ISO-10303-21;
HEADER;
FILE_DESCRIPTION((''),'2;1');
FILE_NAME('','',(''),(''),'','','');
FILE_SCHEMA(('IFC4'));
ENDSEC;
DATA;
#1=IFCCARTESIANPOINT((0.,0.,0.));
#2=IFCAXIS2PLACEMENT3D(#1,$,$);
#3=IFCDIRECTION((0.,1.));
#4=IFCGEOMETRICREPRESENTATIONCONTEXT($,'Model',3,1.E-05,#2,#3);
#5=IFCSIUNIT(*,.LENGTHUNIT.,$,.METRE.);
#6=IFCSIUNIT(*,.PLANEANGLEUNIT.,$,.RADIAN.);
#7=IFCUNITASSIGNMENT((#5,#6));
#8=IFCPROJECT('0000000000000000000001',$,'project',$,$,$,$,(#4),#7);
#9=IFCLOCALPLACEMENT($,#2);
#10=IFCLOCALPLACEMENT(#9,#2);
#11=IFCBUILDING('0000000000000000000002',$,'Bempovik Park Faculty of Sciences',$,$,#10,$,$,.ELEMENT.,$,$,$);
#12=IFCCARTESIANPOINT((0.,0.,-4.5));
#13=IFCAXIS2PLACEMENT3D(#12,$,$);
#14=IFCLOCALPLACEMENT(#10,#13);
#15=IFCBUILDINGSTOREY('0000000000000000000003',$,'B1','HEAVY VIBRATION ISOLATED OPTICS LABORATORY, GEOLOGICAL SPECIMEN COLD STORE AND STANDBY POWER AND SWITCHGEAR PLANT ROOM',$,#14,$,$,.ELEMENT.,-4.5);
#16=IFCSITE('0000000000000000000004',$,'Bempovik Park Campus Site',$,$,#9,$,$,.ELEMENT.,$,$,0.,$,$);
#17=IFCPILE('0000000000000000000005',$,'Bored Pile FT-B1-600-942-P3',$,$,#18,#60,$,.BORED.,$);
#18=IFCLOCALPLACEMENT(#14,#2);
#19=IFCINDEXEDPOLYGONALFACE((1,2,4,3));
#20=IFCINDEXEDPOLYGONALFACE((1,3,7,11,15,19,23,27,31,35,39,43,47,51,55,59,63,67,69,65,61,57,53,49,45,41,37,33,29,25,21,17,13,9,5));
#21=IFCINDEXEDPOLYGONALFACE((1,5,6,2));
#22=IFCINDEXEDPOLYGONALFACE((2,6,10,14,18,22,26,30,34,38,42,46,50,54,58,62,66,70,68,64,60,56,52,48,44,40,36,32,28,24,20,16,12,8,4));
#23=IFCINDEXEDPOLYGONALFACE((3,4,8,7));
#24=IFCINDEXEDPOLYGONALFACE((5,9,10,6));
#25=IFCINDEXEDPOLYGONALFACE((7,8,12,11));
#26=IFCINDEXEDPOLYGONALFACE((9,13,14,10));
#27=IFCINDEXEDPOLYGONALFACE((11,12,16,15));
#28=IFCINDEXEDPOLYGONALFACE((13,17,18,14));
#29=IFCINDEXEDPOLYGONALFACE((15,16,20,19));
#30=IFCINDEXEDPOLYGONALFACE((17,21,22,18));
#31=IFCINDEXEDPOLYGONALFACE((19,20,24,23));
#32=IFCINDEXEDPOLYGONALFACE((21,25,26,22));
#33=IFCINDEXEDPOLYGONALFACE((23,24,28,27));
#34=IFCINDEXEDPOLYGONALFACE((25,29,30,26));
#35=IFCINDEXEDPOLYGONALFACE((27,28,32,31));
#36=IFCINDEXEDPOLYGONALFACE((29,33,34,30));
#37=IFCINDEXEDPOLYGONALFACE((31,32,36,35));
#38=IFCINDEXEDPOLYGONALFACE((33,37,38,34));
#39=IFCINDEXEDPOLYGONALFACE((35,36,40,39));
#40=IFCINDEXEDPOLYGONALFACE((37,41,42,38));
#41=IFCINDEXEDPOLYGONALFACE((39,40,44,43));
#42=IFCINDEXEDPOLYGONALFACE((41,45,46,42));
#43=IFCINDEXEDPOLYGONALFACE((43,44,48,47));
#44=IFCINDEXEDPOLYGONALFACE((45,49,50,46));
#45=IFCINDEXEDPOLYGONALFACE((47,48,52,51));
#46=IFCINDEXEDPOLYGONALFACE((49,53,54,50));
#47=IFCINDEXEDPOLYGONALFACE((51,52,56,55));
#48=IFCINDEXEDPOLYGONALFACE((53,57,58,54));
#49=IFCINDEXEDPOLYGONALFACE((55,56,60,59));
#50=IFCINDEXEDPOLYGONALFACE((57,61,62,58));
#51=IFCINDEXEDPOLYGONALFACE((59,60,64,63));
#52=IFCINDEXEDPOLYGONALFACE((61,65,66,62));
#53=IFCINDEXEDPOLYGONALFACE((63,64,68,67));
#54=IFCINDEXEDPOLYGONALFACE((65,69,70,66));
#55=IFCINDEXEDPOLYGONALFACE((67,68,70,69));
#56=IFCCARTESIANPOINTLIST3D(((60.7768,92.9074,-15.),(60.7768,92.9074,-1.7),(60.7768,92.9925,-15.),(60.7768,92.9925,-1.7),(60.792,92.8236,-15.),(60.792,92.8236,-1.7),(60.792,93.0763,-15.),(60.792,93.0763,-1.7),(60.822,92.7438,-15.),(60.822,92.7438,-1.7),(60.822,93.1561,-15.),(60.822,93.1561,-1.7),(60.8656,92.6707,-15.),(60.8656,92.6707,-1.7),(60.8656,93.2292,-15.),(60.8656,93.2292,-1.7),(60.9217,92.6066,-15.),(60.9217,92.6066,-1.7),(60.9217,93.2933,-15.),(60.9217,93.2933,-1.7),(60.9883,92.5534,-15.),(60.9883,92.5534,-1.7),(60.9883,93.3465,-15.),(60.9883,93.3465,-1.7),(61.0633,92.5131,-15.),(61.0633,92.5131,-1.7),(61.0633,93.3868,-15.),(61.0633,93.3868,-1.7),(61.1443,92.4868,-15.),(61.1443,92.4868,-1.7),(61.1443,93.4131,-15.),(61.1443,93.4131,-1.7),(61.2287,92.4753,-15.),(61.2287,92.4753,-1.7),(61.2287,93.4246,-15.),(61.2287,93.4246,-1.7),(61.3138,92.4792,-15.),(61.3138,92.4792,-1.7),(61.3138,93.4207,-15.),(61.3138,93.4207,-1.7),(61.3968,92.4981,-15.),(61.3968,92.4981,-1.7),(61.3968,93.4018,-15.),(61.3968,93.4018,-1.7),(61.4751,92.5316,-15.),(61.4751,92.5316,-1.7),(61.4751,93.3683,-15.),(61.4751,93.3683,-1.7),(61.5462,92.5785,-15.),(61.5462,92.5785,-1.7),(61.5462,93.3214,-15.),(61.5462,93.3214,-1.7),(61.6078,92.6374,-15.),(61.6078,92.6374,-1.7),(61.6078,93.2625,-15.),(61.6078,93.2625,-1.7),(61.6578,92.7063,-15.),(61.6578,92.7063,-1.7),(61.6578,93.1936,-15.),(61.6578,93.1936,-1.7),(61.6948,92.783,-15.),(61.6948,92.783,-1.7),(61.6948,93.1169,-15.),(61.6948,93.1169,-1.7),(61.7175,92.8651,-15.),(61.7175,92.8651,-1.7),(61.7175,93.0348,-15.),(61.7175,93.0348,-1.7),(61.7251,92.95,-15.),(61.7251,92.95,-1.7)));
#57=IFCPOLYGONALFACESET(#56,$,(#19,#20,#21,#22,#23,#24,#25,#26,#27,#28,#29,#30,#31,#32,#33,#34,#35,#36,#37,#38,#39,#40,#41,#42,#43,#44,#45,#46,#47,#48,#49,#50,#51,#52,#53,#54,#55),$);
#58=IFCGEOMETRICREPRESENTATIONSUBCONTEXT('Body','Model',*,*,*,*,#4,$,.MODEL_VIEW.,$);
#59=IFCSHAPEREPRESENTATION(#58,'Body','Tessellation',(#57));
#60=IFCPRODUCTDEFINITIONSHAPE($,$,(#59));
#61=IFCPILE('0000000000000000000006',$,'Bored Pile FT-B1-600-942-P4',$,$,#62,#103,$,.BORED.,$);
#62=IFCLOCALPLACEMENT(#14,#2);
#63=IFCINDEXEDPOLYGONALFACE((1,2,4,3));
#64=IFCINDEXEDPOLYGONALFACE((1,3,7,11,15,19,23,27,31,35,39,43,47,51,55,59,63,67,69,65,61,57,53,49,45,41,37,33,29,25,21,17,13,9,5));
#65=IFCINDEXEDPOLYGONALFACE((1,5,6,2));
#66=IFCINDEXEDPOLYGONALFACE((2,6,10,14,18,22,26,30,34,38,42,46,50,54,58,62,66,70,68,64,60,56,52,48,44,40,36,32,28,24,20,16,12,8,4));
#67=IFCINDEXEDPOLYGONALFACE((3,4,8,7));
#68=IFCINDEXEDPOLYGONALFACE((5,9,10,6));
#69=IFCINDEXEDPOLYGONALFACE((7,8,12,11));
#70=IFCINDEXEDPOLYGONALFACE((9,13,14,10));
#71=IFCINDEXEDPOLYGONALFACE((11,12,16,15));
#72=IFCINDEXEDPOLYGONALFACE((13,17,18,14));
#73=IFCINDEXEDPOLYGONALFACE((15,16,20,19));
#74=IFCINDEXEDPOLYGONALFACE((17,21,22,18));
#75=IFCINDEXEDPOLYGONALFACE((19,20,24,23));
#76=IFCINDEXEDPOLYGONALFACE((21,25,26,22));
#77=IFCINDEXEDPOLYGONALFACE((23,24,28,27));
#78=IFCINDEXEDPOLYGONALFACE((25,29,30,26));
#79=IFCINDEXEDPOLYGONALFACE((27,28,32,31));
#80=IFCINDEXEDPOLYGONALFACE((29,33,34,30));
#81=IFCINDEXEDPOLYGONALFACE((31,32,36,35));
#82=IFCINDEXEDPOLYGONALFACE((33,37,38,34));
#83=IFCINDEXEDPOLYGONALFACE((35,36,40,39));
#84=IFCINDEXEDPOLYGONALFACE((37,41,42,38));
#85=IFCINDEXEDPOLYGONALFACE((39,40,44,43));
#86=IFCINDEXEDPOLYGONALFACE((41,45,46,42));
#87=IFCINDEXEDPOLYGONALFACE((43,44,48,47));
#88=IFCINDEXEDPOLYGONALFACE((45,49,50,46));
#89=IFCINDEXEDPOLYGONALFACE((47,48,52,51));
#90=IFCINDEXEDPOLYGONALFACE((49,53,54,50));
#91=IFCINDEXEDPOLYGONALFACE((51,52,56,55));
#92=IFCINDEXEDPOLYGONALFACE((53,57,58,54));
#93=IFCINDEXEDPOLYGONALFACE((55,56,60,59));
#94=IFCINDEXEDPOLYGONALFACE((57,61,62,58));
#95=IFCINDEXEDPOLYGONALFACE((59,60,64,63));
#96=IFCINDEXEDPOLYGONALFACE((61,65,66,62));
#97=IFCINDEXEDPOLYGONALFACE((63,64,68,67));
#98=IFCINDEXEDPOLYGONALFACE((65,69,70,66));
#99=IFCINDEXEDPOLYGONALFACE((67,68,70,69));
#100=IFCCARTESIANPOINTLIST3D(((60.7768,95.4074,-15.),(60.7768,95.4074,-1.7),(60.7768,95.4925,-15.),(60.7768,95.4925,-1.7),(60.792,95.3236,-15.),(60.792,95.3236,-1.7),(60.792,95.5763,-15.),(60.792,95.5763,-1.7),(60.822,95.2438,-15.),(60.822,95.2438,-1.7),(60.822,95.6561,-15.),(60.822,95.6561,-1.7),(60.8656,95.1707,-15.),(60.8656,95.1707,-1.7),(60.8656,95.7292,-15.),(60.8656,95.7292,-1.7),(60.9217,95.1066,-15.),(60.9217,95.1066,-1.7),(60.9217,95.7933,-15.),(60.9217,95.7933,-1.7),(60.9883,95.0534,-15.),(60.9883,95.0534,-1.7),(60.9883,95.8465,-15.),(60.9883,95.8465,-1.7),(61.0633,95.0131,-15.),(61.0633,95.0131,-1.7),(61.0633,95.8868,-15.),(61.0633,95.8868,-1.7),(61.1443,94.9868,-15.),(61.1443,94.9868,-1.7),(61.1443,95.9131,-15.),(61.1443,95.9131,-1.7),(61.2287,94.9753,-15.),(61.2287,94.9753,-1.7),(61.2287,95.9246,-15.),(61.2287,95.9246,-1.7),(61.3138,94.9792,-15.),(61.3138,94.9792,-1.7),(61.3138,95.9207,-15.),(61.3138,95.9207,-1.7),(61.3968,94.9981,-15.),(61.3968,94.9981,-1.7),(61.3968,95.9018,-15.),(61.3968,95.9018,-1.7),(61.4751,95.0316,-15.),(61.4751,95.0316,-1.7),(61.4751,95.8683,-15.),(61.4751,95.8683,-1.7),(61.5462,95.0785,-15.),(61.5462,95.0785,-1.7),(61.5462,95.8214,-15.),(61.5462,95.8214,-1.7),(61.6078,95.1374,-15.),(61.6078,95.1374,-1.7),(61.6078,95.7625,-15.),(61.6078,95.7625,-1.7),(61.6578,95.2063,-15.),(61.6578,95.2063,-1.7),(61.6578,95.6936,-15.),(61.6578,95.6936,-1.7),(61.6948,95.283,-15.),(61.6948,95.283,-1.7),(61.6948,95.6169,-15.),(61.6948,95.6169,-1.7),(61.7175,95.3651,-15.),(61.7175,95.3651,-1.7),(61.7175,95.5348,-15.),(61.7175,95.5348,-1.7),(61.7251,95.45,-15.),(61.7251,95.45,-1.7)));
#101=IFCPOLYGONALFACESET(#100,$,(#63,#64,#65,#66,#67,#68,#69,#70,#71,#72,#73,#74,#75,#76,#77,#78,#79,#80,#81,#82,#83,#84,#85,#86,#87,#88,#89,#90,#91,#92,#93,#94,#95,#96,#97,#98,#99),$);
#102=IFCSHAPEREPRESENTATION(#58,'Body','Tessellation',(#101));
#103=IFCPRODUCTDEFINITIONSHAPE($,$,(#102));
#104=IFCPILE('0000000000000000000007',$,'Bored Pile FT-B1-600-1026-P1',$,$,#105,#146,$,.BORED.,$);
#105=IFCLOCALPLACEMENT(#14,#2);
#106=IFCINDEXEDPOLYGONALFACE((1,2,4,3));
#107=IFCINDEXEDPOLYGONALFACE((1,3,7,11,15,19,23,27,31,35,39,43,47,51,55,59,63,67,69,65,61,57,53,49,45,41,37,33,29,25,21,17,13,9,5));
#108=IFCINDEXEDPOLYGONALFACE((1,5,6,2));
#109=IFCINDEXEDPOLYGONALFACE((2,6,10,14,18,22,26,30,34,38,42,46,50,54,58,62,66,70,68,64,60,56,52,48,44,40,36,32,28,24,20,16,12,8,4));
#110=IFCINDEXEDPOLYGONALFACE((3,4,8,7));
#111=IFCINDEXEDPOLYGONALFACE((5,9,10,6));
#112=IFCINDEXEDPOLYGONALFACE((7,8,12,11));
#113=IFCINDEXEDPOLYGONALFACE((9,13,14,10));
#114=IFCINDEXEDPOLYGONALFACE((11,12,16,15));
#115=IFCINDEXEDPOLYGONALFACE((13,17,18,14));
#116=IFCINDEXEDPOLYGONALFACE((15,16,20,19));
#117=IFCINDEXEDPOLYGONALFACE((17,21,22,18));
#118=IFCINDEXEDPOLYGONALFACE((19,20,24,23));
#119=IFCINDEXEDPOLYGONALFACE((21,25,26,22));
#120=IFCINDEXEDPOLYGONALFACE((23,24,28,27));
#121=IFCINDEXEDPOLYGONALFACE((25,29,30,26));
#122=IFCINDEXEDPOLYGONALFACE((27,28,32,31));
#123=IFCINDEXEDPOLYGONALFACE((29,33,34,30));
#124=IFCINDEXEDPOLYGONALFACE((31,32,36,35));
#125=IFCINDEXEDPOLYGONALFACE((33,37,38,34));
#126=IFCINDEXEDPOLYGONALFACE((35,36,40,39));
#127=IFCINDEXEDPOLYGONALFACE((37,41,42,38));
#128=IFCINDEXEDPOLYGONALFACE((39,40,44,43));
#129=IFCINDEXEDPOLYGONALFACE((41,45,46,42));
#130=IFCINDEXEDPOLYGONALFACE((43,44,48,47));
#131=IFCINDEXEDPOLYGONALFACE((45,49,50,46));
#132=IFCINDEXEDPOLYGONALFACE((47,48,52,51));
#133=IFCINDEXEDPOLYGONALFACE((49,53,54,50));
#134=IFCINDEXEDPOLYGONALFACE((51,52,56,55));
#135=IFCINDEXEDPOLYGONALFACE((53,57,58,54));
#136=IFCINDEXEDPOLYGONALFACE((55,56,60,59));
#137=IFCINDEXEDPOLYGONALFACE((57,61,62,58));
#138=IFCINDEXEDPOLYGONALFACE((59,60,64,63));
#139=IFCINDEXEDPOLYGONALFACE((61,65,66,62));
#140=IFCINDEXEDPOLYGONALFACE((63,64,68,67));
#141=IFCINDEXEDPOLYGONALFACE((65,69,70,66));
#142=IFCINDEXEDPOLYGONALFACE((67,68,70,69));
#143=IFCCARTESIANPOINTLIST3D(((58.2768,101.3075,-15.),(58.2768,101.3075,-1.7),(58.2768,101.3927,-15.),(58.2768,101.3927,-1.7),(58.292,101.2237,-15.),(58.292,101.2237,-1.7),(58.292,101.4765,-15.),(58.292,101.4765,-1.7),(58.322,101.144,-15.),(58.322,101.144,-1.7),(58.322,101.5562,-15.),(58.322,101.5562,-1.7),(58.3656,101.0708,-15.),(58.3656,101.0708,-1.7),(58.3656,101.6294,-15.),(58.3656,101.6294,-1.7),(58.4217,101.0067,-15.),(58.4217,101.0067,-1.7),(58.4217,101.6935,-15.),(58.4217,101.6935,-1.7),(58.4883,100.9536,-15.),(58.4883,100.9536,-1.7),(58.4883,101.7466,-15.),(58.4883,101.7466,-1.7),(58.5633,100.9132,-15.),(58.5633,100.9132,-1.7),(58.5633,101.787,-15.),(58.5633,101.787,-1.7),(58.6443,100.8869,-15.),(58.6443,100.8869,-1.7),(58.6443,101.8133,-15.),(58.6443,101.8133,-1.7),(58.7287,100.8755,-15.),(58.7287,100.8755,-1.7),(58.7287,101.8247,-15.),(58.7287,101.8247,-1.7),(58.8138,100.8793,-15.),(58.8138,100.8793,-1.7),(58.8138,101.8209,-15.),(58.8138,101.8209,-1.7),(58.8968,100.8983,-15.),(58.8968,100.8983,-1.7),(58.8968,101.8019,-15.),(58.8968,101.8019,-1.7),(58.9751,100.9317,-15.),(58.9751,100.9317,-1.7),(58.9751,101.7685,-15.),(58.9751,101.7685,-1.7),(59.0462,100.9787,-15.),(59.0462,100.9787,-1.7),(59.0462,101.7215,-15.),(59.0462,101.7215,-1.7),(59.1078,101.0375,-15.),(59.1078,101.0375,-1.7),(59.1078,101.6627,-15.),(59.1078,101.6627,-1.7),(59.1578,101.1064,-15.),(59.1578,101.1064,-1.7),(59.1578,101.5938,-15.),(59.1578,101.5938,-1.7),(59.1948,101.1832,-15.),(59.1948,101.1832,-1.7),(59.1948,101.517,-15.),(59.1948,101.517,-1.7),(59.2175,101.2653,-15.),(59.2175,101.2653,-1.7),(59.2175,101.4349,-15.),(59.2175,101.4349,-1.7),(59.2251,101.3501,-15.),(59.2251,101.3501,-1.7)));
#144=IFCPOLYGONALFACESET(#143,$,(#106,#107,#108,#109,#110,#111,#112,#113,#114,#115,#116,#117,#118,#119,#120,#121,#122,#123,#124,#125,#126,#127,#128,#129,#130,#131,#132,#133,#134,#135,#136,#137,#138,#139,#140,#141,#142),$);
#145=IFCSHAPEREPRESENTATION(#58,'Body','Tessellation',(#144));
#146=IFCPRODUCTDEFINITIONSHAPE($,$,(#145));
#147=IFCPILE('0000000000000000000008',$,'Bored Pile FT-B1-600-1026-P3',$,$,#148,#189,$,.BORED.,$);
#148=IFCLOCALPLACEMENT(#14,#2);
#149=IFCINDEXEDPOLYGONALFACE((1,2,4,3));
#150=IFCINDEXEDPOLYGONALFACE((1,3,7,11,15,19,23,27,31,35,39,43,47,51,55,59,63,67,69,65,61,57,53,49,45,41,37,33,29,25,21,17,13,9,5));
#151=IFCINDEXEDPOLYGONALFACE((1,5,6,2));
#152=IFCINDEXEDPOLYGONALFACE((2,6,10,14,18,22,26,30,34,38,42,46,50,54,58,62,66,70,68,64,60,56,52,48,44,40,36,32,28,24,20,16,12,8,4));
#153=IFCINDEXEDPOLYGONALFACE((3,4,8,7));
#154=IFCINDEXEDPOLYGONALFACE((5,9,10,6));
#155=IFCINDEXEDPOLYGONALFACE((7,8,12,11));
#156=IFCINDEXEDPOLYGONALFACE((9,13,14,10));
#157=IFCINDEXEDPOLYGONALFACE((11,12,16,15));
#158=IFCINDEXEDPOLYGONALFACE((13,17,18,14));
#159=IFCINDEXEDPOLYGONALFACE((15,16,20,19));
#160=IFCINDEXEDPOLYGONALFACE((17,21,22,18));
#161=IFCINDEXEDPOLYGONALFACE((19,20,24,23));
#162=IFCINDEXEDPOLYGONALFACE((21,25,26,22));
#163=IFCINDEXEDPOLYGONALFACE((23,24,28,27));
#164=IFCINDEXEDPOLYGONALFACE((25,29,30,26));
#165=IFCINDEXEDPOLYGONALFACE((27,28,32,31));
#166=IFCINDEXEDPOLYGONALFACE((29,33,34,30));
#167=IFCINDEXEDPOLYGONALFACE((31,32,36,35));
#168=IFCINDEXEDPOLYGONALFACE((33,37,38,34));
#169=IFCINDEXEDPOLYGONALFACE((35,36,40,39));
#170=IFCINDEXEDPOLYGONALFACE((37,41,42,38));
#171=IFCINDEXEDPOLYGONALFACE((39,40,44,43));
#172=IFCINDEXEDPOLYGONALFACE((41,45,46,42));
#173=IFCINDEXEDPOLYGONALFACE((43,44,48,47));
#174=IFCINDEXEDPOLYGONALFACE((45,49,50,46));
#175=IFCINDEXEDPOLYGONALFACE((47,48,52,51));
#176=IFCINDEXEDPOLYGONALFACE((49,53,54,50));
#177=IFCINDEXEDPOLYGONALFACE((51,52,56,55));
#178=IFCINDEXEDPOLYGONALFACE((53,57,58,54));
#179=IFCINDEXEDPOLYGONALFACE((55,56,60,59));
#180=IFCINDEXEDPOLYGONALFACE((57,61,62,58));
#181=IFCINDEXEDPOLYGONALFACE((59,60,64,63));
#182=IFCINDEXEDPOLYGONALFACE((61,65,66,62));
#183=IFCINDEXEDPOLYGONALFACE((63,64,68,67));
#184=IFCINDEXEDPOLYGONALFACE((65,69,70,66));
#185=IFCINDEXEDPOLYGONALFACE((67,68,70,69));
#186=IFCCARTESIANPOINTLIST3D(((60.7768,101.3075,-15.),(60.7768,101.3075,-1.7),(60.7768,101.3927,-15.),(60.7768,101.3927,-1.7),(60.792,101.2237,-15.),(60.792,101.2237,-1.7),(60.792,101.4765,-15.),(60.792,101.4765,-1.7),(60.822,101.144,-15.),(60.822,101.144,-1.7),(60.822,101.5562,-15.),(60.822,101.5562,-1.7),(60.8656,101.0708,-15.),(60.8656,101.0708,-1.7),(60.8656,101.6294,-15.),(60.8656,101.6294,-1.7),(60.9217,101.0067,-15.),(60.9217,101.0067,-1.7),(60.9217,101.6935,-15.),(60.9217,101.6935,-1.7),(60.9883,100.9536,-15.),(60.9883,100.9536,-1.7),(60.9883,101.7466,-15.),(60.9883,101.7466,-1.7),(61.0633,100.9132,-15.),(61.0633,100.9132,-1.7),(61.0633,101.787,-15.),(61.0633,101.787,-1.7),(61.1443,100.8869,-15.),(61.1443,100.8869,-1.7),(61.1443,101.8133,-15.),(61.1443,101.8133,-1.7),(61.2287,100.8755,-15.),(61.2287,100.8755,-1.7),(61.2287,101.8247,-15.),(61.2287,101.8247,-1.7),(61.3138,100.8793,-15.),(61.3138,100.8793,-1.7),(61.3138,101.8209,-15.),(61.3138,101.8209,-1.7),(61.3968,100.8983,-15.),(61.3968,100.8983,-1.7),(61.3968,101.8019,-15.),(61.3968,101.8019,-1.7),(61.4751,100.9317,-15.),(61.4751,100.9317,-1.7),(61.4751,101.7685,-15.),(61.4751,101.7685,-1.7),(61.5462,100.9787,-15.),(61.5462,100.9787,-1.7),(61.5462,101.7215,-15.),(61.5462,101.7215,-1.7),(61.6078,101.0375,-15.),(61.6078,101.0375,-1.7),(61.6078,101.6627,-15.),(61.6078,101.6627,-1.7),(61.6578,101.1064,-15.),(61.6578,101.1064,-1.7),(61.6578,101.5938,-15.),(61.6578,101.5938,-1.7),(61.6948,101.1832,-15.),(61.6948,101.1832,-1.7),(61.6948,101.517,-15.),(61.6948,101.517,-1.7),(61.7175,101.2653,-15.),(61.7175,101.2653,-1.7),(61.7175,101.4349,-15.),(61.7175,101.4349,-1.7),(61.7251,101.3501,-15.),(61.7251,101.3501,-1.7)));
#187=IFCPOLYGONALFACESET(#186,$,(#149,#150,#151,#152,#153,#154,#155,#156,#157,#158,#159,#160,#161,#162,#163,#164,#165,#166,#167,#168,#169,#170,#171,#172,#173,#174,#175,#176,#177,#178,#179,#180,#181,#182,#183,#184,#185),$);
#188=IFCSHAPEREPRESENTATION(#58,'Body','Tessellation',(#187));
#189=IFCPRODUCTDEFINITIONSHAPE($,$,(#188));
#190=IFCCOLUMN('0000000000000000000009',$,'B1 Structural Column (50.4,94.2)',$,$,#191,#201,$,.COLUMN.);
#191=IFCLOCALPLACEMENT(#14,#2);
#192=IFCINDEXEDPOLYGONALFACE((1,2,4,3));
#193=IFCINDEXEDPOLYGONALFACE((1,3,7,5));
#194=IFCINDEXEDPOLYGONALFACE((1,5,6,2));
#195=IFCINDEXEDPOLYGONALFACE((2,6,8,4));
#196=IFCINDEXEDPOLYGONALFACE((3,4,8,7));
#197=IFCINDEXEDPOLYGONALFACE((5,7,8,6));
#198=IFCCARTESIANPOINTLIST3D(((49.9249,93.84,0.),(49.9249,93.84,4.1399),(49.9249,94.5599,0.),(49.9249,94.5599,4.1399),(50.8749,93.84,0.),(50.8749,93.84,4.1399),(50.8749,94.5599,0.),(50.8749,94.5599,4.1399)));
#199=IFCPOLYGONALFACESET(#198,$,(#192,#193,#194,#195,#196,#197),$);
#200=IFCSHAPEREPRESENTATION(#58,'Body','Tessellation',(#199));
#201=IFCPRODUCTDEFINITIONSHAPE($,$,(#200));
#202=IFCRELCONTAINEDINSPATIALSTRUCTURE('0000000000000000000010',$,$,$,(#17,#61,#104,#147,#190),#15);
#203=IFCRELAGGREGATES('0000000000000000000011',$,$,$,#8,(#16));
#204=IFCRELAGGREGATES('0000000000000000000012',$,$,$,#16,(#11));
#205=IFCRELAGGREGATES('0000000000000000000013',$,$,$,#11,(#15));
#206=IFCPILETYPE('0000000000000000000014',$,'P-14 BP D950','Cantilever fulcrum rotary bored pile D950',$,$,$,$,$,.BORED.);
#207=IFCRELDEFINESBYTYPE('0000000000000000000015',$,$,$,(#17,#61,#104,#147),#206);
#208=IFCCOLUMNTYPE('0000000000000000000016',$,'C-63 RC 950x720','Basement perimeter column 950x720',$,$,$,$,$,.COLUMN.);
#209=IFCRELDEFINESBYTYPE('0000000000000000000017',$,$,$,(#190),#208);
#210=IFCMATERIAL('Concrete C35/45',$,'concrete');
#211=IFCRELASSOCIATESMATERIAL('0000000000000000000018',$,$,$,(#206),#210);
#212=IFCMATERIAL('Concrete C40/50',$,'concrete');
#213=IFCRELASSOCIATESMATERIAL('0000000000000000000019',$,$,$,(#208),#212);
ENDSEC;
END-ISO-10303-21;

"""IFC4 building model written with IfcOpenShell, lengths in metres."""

from ifc_helpers import new_model, si_unit, direction, frame, origin, origin_2d, place, context, subcontext, project, spatial, rectangle, circle, extrude, material, material_profile, profile_set, type_object, element, save


model = new_model("IFC4")

# Units and contexts
model_context = context("Model", 3, precision=1e-05, world=origin(), true_north=direction((0.0, 1.0)))
body_context = subcontext(model_context, "Body", "Model", "MODEL_VIEW")
ifc_project = project(units=[si_unit("LENGTHUNIT", "METRE"), si_unit("PLANEANGLEUNIT", "RADIAN")], contexts=[model_context])

# Site, building, storey
site_placement = place(None, origin())
site = spatial("IfcSite", under=ifc_project, at=site_placement, Name="Bempovik Park Campus Site", CompositionType="ELEMENT", RefElevation=0.0)
building_placement = place(site_placement, origin())
building = spatial("IfcBuilding", under=site, at=building_placement, Name="Bempovik Park Faculty of Sciences", CompositionType="ELEMENT")
storey_placement = place(building_placement, frame((0.0, 0.0, -4.5)))
storey = spatial("IfcBuildingStorey", under=building, at=storey_placement, Name="B1", Description="HEAVY VIBRATION ISOLATED OPTICS LABORATORY, GEOLOGICAL SPECIMEN COLD STORE AND STANDBY POWER AND SWITCHGEAR PLANT ROOM", CompositionType="ELEMENT", Elevation=-4.5)

# Shared definitions
ifc_material_1 = material(Name="Concrete C35/45", Category="concrete")

# Piles
ifc_material_profile_1 = material_profile(ifc_material_1, circle(Radius=0.4751, at=origin_2d()), Name="BP D950")
ifc_profile_set_1 = profile_set([ifc_material_profile_1], Name="Concrete C35/45")
pile_type = type_object("IfcPileType", Name="P-14 BP D950", Description="Cantilever fulcrum rotary bored pile D950", PredefinedType="BORED", material=ifc_profile_set_1)
for number, where, z_axis, x_axis, name in (
    (1, (61.25, 92.95, -1.7), (0.0, 0.0, -1.0), (1.0, 0.0, 0.0), "Bored Pile FT-B1-600-942-P3"),
    (2, (61.25, 95.45, -1.7), (0.0, 0.0, -1.0), (1.0, 0.0, 0.0), "Bored Pile FT-B1-600-942-P4"),
    (3, (58.75, 101.3501, -1.7), (0.0, 0.0, -1.0), (1.0, 0.0, 0.0), "Bored Pile FT-B1-600-1026-P1"),
    (4, (61.25, 101.3501, -1.7), (0.0, 0.0, -1.0), (1.0, 0.0, 0.0), "Bored Pile FT-B1-600-1026-P3"),
):
    element("IfcPile", number, at=place(storey_placement, frame(where, z_axis=z_axis, x_axis=x_axis)), inside=storey, type_object=pile_type, Name=name, PredefinedType="BORED", context=body_context, shape_type="SweptSolid", body=[
        extrude(circle(Radius=0.4751, at=origin_2d()), origin(), (0.0, 0.0, 1.0), 13.3),
    ])

# Column
ifc_material_2 = material(Name="Concrete C40/50", Category="concrete")
ifc_material_profile_2 = material_profile(ifc_material_2, rectangle(XDim=0.95, YDim=0.72, at=origin_2d()), Name="RC 950x720")
ifc_profile_set_2 = profile_set([ifc_material_profile_2], Name="Concrete C40/50")
column_type_1 = type_object("IfcColumnType", Name="C-63 RC 950x720", Description="Basement perimeter column 950x720", PredefinedType="COLUMN", material=ifc_profile_set_2)
column_1_placement = place(storey_placement, frame((50.3999, 94.2, 0.0), z_axis=(0.0, 0.0, 1.0), x_axis=(1.0, 0.0, 0.0)))
element("IfcColumn", 5, at=column_1_placement, inside=storey, type_object=column_type_1, Name="B1 Structural Column (50.4,94.2)", PredefinedType="COLUMN", context=body_context, shape_type="SweptSolid", body=[
    extrude(rectangle(XDim=0.95, YDim=0.72, at=origin_2d()), origin(), (0.0, 0.0, 1.0), 4.1399),
])

save(model, "model.ifc")
